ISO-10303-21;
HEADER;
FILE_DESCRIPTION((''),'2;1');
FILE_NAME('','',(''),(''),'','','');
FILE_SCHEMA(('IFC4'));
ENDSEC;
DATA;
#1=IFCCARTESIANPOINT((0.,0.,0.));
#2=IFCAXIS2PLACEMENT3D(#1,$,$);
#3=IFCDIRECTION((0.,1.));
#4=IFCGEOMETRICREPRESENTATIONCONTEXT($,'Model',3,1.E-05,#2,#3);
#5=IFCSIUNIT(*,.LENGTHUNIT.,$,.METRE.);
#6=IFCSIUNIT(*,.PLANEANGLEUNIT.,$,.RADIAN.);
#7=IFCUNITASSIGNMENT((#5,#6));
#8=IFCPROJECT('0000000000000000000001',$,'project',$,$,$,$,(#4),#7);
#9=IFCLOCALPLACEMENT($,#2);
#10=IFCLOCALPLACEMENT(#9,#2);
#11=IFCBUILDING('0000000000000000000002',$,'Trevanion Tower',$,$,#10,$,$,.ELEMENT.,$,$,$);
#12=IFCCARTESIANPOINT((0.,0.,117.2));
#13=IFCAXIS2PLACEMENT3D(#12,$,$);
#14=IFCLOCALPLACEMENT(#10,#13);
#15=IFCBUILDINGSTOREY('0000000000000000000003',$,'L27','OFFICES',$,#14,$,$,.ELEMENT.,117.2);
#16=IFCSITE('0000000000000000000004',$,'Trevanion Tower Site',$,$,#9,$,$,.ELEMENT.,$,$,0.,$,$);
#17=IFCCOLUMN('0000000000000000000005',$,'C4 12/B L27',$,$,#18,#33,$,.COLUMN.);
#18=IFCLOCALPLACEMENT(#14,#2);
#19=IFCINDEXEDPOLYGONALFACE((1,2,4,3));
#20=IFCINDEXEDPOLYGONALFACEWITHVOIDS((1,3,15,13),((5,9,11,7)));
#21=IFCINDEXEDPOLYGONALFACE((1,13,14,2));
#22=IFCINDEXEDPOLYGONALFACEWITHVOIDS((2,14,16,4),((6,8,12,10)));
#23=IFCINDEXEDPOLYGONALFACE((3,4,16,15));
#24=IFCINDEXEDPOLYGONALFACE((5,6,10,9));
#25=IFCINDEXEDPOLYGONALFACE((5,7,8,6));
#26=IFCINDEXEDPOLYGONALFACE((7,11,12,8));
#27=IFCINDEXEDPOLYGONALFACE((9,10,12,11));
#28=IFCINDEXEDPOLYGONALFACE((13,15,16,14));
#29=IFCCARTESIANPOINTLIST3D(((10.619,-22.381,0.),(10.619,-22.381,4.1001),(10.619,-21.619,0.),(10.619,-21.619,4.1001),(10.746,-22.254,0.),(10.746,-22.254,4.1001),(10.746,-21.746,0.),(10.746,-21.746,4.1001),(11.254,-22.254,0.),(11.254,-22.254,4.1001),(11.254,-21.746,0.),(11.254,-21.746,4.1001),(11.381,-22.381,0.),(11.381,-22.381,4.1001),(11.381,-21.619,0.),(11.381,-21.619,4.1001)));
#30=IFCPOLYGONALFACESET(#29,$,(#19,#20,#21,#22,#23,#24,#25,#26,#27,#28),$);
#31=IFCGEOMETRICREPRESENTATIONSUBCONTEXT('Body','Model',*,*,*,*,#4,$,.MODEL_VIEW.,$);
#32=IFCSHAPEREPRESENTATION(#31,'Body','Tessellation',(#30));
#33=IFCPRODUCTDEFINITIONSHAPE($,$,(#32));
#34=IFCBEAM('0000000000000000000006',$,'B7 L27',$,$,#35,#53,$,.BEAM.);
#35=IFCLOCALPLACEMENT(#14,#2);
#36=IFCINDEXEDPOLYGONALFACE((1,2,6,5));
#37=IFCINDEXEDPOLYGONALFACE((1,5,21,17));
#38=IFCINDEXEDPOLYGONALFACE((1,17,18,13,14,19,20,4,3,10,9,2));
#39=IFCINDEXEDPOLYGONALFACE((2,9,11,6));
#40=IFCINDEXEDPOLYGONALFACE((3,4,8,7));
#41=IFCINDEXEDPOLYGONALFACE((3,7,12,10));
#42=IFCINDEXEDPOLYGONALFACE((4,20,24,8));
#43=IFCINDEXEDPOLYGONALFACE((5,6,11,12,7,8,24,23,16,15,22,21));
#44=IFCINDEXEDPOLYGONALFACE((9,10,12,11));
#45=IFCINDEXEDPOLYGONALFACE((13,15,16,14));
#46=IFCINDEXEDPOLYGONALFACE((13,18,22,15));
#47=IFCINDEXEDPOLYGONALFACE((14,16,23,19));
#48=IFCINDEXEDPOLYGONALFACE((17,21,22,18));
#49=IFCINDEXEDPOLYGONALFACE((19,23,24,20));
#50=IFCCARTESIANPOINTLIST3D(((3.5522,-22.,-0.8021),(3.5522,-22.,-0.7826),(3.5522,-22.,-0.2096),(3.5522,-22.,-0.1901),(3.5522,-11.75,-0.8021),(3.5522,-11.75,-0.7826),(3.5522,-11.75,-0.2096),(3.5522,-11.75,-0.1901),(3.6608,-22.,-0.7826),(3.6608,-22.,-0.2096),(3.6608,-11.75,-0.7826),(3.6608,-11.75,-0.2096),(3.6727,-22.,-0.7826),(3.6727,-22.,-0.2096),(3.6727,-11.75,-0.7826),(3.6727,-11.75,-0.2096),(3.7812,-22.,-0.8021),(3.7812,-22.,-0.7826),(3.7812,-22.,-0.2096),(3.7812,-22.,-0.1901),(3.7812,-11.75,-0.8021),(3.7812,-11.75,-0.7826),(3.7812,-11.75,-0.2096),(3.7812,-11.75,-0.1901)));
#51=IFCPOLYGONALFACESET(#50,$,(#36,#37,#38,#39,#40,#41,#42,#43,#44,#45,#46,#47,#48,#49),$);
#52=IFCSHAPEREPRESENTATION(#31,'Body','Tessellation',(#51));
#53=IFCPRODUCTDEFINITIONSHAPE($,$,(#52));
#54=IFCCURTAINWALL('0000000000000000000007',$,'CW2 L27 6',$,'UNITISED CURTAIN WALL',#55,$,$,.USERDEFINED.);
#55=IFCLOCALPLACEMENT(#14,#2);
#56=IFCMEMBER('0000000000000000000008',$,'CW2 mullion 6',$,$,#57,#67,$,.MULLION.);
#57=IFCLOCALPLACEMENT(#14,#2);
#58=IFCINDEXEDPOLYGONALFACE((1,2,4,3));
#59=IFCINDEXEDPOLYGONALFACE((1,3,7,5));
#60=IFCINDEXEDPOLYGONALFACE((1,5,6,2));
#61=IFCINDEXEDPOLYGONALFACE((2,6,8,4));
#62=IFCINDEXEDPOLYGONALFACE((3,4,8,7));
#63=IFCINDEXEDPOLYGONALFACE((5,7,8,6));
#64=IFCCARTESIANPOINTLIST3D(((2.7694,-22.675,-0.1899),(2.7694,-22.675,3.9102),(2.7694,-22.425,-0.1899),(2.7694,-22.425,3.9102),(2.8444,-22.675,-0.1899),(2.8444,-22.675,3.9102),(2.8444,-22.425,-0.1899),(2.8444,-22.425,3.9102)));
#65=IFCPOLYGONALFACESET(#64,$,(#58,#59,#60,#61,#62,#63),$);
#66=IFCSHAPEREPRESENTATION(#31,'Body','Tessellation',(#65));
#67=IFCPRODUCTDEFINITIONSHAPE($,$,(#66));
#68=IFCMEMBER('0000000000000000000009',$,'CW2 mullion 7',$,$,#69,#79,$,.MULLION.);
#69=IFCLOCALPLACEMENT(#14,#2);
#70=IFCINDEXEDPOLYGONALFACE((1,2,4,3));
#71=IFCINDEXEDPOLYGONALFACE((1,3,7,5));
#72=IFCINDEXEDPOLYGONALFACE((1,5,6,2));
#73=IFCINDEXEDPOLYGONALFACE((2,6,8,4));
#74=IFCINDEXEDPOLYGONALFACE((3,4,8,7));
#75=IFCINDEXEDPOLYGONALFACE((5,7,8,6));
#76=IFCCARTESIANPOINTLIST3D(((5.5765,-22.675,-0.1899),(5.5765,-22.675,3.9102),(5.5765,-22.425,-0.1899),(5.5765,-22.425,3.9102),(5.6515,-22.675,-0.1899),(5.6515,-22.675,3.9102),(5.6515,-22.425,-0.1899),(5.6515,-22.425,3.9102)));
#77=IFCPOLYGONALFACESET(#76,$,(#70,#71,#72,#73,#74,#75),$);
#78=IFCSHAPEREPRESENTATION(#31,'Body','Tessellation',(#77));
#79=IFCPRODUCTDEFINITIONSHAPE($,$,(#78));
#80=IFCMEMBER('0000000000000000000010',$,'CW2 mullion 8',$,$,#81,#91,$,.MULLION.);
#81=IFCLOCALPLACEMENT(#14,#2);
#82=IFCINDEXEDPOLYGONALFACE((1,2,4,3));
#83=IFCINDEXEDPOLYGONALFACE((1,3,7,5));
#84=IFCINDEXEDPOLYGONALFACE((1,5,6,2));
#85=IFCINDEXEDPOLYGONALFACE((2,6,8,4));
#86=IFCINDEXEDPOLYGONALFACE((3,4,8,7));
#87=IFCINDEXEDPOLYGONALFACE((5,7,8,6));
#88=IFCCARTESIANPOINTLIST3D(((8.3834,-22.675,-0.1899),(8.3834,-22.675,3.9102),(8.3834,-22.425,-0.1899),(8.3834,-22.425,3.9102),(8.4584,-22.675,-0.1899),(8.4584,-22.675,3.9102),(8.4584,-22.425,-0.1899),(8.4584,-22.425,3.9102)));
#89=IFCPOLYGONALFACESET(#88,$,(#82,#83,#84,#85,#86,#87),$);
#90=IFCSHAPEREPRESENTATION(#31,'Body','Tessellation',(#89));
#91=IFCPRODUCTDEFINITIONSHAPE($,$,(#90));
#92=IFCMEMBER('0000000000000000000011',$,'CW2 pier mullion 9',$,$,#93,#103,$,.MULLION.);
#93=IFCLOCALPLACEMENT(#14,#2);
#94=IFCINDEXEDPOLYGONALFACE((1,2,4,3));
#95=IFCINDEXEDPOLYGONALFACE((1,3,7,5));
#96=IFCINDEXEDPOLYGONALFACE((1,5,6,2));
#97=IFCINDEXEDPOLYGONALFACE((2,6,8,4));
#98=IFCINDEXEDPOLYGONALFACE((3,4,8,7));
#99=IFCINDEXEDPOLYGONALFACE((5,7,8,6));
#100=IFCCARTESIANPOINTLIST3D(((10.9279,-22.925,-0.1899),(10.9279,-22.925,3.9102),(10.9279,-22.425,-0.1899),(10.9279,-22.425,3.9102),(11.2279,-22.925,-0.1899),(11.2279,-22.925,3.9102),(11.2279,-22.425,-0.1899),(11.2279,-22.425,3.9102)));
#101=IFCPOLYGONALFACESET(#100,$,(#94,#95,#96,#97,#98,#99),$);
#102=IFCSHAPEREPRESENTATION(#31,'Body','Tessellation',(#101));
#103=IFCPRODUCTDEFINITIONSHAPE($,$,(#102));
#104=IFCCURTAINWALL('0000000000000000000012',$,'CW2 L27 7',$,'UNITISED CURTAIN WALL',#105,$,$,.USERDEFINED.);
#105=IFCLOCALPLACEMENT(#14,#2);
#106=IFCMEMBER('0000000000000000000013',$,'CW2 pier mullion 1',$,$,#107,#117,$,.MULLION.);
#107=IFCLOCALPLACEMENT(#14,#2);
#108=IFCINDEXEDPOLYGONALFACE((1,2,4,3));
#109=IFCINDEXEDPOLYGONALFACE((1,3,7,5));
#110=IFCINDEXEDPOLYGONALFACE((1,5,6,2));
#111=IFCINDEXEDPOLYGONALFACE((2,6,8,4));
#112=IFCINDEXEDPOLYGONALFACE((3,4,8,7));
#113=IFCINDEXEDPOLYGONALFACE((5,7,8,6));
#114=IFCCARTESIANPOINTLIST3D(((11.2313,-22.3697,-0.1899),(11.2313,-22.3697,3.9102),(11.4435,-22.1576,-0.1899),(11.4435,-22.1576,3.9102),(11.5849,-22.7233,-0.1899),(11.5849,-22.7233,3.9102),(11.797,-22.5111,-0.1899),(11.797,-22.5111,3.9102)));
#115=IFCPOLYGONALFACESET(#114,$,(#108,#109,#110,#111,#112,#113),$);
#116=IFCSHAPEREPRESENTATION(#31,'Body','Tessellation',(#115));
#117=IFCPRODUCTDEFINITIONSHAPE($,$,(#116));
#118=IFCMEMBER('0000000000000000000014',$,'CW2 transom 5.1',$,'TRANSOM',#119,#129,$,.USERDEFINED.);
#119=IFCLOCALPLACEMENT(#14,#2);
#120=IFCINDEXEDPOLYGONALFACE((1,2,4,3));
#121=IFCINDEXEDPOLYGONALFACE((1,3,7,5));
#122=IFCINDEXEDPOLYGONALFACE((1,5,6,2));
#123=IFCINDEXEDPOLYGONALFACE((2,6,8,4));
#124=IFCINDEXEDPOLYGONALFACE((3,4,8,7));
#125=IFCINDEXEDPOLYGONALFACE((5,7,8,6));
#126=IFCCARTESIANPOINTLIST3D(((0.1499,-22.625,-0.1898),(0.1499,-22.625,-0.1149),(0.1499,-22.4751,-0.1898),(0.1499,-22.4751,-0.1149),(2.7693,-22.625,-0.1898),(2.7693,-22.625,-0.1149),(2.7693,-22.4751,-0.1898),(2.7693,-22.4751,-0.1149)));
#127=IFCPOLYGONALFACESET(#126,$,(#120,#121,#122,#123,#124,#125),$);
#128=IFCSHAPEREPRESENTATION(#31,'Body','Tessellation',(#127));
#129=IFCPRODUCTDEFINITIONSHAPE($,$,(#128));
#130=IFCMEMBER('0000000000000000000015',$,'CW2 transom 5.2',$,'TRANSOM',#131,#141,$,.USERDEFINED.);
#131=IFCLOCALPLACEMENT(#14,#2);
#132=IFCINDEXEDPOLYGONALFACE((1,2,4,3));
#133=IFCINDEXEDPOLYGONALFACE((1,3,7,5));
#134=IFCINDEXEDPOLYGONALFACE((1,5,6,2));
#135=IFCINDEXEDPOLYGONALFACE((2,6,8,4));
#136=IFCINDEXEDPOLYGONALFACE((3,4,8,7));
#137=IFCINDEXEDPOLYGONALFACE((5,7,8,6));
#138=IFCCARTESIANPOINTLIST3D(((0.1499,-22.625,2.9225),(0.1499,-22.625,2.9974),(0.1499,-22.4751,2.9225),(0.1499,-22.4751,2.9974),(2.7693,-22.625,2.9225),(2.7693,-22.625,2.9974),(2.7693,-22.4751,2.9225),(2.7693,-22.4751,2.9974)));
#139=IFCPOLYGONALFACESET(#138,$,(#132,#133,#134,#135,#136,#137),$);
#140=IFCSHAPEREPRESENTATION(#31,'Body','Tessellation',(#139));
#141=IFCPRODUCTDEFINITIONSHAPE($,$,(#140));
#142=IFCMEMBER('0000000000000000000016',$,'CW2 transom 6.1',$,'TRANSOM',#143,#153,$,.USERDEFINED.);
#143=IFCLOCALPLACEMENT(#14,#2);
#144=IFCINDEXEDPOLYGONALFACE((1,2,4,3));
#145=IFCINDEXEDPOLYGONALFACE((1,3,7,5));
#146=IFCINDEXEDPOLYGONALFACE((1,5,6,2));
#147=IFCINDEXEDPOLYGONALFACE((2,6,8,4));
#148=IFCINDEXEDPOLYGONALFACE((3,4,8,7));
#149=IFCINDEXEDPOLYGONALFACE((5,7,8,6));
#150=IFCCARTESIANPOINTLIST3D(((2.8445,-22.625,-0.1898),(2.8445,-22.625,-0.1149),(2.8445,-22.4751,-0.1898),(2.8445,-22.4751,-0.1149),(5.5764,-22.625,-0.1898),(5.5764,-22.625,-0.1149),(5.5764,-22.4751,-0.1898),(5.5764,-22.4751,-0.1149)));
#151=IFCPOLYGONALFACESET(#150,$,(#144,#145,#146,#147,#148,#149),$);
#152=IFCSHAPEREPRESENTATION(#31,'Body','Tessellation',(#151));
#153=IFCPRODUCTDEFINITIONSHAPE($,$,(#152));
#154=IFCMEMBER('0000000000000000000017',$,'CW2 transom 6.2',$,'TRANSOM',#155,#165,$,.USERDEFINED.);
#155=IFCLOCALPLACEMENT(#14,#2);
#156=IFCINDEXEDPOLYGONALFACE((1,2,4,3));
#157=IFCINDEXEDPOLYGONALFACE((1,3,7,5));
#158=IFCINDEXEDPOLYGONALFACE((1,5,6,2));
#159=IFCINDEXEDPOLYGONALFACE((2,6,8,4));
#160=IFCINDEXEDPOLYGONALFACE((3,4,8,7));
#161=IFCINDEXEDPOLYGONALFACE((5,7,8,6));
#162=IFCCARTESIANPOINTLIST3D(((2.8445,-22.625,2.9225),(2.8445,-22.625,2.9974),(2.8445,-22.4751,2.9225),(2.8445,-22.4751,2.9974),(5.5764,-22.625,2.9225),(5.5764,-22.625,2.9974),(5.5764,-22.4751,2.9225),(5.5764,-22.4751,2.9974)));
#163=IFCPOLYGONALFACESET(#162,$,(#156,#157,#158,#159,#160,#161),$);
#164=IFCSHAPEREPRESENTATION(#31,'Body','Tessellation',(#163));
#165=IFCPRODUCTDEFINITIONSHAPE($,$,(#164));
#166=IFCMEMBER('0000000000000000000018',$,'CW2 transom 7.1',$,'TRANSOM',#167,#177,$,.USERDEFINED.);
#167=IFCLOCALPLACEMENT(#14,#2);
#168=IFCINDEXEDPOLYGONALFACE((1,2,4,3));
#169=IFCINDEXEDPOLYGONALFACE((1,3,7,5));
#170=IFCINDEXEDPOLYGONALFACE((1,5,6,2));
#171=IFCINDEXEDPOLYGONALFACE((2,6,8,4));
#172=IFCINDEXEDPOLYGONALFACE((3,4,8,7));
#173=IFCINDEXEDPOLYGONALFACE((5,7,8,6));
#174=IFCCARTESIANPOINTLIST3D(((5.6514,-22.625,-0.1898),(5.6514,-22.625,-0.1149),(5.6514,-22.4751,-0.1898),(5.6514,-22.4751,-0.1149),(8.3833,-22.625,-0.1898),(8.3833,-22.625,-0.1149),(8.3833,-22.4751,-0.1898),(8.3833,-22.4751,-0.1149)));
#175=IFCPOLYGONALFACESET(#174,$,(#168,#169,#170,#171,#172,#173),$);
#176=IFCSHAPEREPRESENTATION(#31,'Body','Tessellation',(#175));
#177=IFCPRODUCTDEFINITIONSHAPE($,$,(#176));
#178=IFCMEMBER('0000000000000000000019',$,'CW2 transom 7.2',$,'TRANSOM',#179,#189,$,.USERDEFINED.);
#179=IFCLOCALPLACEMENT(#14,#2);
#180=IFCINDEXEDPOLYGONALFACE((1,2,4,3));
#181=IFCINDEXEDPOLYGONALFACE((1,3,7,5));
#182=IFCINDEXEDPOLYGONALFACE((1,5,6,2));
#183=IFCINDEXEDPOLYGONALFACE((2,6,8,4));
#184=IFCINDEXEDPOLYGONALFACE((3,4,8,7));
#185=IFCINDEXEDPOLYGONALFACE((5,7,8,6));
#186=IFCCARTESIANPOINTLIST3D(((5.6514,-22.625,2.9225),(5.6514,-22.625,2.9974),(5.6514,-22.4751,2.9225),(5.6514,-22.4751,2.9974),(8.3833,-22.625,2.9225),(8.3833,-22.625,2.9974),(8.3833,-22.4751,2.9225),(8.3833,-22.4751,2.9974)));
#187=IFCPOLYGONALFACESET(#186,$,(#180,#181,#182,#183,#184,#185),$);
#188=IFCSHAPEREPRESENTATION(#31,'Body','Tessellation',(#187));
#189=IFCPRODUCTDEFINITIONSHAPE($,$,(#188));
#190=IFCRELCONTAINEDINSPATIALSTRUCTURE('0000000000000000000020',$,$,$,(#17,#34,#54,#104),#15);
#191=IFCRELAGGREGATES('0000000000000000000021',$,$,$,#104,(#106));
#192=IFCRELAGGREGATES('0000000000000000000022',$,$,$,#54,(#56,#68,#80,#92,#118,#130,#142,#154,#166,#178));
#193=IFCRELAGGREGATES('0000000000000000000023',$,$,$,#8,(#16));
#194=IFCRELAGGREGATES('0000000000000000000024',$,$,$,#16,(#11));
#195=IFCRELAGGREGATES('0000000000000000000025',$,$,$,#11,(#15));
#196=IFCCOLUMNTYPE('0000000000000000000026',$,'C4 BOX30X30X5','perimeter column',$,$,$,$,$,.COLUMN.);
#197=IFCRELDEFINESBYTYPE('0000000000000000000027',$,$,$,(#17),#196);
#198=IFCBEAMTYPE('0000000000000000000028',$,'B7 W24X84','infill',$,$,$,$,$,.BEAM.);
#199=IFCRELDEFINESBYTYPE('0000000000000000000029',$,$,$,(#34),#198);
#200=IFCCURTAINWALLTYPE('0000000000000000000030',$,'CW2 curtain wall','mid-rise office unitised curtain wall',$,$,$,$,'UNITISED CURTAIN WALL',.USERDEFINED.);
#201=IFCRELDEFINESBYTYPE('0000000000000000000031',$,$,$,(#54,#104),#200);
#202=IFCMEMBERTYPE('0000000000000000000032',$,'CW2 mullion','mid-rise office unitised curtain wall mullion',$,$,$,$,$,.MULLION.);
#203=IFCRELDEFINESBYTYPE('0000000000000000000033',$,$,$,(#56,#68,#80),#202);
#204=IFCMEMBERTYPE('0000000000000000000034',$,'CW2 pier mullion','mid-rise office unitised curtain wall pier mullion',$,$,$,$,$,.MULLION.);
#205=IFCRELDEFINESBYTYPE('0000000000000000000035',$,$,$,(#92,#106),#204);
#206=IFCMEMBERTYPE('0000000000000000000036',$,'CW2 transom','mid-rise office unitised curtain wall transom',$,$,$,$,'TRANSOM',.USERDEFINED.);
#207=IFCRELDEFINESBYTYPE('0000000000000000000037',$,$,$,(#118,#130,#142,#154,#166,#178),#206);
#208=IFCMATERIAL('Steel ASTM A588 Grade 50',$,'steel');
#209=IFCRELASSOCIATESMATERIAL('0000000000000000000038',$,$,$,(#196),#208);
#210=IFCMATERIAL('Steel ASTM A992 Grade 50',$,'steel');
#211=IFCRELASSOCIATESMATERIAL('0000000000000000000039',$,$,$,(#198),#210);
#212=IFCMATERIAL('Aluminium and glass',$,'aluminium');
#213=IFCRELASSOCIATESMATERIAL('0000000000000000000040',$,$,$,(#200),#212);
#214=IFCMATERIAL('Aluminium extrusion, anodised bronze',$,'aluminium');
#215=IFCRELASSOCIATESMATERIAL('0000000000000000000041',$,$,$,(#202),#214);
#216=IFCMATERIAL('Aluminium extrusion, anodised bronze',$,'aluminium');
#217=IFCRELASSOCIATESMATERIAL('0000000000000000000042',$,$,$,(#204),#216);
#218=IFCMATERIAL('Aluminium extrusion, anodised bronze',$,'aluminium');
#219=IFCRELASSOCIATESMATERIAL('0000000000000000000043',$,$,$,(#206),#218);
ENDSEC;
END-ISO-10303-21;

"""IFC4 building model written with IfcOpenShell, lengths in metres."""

from ifc_helpers import new_model, si_unit, direction, frame, origin, origin_2d, place, context, subcontext, project, spatial, rectangle, hollow_rectangle, i_section, extrude, material, material_profile, profile_set, type_object, element, aggregate, save


model = new_model("IFC4")

# Units and contexts
model_context = context("Model", 3, precision=1e-05, world=origin(), true_north=direction((0.0, 1.0)))
body_context = subcontext(model_context, "Body", "Model", "MODEL_VIEW")
ifc_project = project(units=[si_unit("LENGTHUNIT", "METRE"), si_unit("PLANEANGLEUNIT", "RADIAN")], contexts=[model_context])

# Site, building, storey
site_placement = place(None, origin())
site = spatial("IfcSite", under=ifc_project, at=site_placement, Name="Trevanion Tower Site", CompositionType="ELEMENT", RefElevation=0.0)
building_placement = place(site_placement, origin())
building = spatial("IfcBuilding", under=site, at=building_placement, Name="Trevanion Tower", CompositionType="ELEMENT")
storey_placement = place(building_placement, frame((0.0, 0.0, 117.2)))
storey = spatial("IfcBuildingStorey", under=building, at=storey_placement, Name="L27", Description="OFFICES", CompositionType="ELEMENT", Elevation=117.2)

# Column
ifc_material_1 = material(Name="Steel ASTM A588 Grade 50", Category="steel")
ifc_material_profile_1 = material_profile(ifc_material_1, hollow_rectangle(XDim=0.762, YDim=0.762, WallThickness=0.127, at=origin_2d()), Name="BOX30X30X5")
ifc_profile_set_1 = profile_set([ifc_material_profile_1], Name="Steel ASTM A588 Grade 50")
column_type = type_object("IfcColumnType", Name="C4 BOX30X30X5", Description="perimeter column", PredefinedType="COLUMN", material=ifc_profile_set_1)
column_placement = place(storey_placement, frame((11.0, -22.0, 0.0), z_axis=(0.0, 0.0, 1.0), x_axis=(1.0, 0.0, 0.0)))
element("IfcColumn", 1, at=column_placement, inside=storey, type_object=column_type, Name="C4 12/B L27", PredefinedType="COLUMN", context=body_context, shape_type="SweptSolid", body=[
    extrude(hollow_rectangle(XDim=0.762, YDim=0.762, WallThickness=0.127, at=origin_2d()), origin(), (0.0, 0.0, 1.0), 4.1001),
])

# Beam
ifc_material_2 = material(Name="Steel ASTM A992 Grade 50", Category="steel")
ifc_material_profile_2 = material_profile(ifc_material_2, i_section(OverallWidth=0.229, OverallDepth=0.6121, WebThickness=0.012, FlangeThickness=0.0195, at=origin_2d()), Name="W24X84")
ifc_profile_set_2 = profile_set([ifc_material_profile_2], Name="Steel ASTM A992 Grade 50")
beam_type_1 = type_object("IfcBeamType", Name="B7 W24X84", Description="infill", PredefinedType="BEAM", material=ifc_profile_set_2)
beam_1_placement = place(storey_placement, frame((3.6667, -11.75, -0.4961), z_axis=(0.0, -1.0, 0.0), x_axis=(1.0, 0.0, 0.0)))
element("IfcBeam", 2, at=beam_1_placement, inside=storey, type_object=beam_type_1, Name="B7 L27", PredefinedType="BEAM", context=body_context, shape_type="SweptSolid", body=[
    extrude(i_section(OverallWidth=0.229, OverallDepth=0.6121, WebThickness=0.012, FlangeThickness=0.0195, at=origin_2d()), origin(), (0.0, 0.0, 1.0), 10.25),
])

# Curtain wall, members
ifc_material_3 = material(Name="Aluminium and glass", Category="aluminium")
curtain_wall_type = type_object("IfcCurtainWallType", Name="CW2 curtain wall", Description="mid-rise office unitised curtain wall", ElementType="UNITISED CURTAIN WALL", PredefinedType="USERDEFINED", material=ifc_material_3)
curtain_wall_1_placement = place(storey_placement, origin())
curtain_wall_1 = element("IfcCurtainWall", 3, at=curtain_wall_1_placement, inside=storey, type_object=curtain_wall_type, Name="CW2 L27 6", ObjectType="UNITISED CURTAIN WALL", PredefinedType="USERDEFINED")
ifc_material_4 = material(Name="Aluminium extrusion, anodised bronze", Category="aluminium")
ifc_material_profile_3 = material_profile(ifc_material_4, rectangle(XDim=0.075, YDim=0.25, at=origin_2d()), Name="CW2 mullion")
ifc_profile_set_3 = profile_set([ifc_material_profile_3], Name="Aluminium extrusion, anodised bronze")
member_type_1 = type_object("IfcMemberType", Name="CW2 mullion", Description="mid-rise office unitised curtain wall mullion", PredefinedType="MULLION", material=ifc_profile_set_3)
member_1_placement = place(storey_placement, frame((2.8069, -22.55, -0.1899), z_axis=(0.0, 0.0, 1.0), x_axis=(1.0, 0.0, 0.0)))
member_1 = element("IfcMember", 4, at=member_1_placement, type_object=member_type_1, Name="CW2 mullion 6", PredefinedType="MULLION", context=body_context, shape_type="SweptSolid", body=[
    extrude(rectangle(XDim=0.075, YDim=0.25, at=origin_2d()), origin(), (0.0, 0.0, 1.0), 4.1001),
])
member_2_placement = place(storey_placement, frame((5.614, -22.55, -0.1899), z_axis=(0.0, 0.0, 1.0), x_axis=(1.0, 0.0, 0.0)))
member_2 = element("IfcMember", 5, at=member_2_placement, type_object=member_type_1, Name="CW2 mullion 7", PredefinedType="MULLION", context=body_context, shape_type="SweptSolid", body=[
    extrude(rectangle(XDim=0.075, YDim=0.25, at=origin_2d()), origin(), (0.0, 0.0, 1.0), 4.1001),
])
member_3_placement = place(storey_placement, frame((8.4209, -22.55, -0.1899), z_axis=(0.0, 0.0, 1.0), x_axis=(1.0, 0.0, 0.0)))
member_3 = element("IfcMember", 6, at=member_3_placement, type_object=member_type_1, Name="CW2 mullion 8", PredefinedType="MULLION", context=body_context, shape_type="SweptSolid", body=[
    extrude(rectangle(XDim=0.075, YDim=0.25, at=origin_2d()), origin(), (0.0, 0.0, 1.0), 4.1001),
])
ifc_material_5 = material(Name="Aluminium extrusion, anodised bronze", Category="aluminium")
ifc_material_profile_4 = material_profile(ifc_material_5, rectangle(XDim=0.3, YDim=0.5, at=origin_2d()), Name="CW2 pier mullion")
ifc_profile_set_4 = profile_set([ifc_material_profile_4], Name="Aluminium extrusion, anodised bronze")
member_type_2 = type_object("IfcMemberType", Name="CW2 pier mullion", Description="mid-rise office unitised curtain wall pier mullion", PredefinedType="MULLION", material=ifc_profile_set_4)
member_4_placement = place(storey_placement, frame((11.0779, -22.675, -0.1899), z_axis=(0.0, 0.0, 1.0), x_axis=(1.0, 0.0, 0.0)))
member_4 = element("IfcMember", 7, at=member_4_placement, type_object=member_type_2, Name="CW2 pier mullion 9", PredefinedType="MULLION", context=body_context, shape_type="SweptSolid", body=[
    extrude(rectangle(XDim=0.3, YDim=0.5, at=origin_2d()), origin(), (0.0, 0.0, 1.0), 4.1001),
])

# Curtain wall, member
curtain_wall_2_placement = place(storey_placement, origin())
curtain_wall_2 = element("IfcCurtainWall", 8, at=curtain_wall_2_placement, inside=storey, type_object=curtain_wall_type, Name="CW2 L27 7", ObjectType="UNITISED CURTAIN WALL", PredefinedType="USERDEFINED")
member_5_placement = place(storey_placement, frame((11.5142, -22.4404, -0.1899), z_axis=(0.0, 0.0, 1.0), x_axis=(0.707107, 0.707107, 0.0)))
member_5 = element("IfcMember", 9, at=member_5_placement, type_object=member_type_2, Name="CW2 pier mullion 1", PredefinedType="MULLION", context=body_context, shape_type="SweptSolid", body=[
    extrude(rectangle(XDim=0.3, YDim=0.5, at=origin_2d()), origin(), (0.0, 0.0, 1.0), 4.1001),
])

# Members
ifc_material_6 = material(Name="Aluminium extrusion, anodised bronze", Category="aluminium")
ifc_material_profile_5 = material_profile(ifc_material_6, rectangle(XDim=0.1499, YDim=0.075, at=origin_2d()), Name="CW2 transom")
ifc_profile_set_5 = profile_set([ifc_material_profile_5], Name="Aluminium extrusion, anodised bronze")
member_type_3 = type_object("IfcMemberType", Name="CW2 transom", Description="mid-rise office unitised curtain wall transom", ElementType="TRANSOM", PredefinedType="USERDEFINED", material=ifc_profile_set_5)
member_6_placement = place(storey_placement, frame((0.1499, -22.55, -0.1523), z_axis=(1.0, 0.0, 0.0), x_axis=(0.0, 1.0, 0.0)))
member_6 = element("IfcMember", 10, at=member_6_placement, type_object=member_type_3, Name="CW2 transom 5.1", ObjectType="TRANSOM", PredefinedType="USERDEFINED", context=body_context, shape_type="SweptSolid", body=[
    extrude(rectangle(XDim=0.1499, YDim=0.075, at=origin_2d()), origin(), (0.0, 0.0, 1.0), 2.6194),
])
member_7_placement = place(storey_placement, frame((0.1499, -22.55, 2.96), z_axis=(1.0, 0.0, 0.0), x_axis=(0.0, 1.0, 0.0)))
member_7 = element("IfcMember", 11, at=member_7_placement, type_object=member_type_3, Name="CW2 transom 5.2", ObjectType="TRANSOM", PredefinedType="USERDEFINED", context=body_context, shape_type="SweptSolid", body=[
    extrude(rectangle(XDim=0.1499, YDim=0.075, at=origin_2d()), origin(), (0.0, 0.0, 1.0), 2.6194),
])
member_8_placement = place(storey_placement, frame((2.8445, -22.55, -0.1523), z_axis=(1.0, 0.0, 0.0), x_axis=(0.0, 1.0, 0.0)))
member_8 = element("IfcMember", 12, at=member_8_placement, type_object=member_type_3, Name="CW2 transom 6.1", ObjectType="TRANSOM", PredefinedType="USERDEFINED", context=body_context, shape_type="SweptSolid", body=[
    extrude(rectangle(XDim=0.1499, YDim=0.075, at=origin_2d()), origin(), (0.0, 0.0, 1.0), 2.7319),
])
member_9_placement = place(storey_placement, frame((2.8445, -22.55, 2.96), z_axis=(1.0, 0.0, 0.0), x_axis=(0.0, 1.0, 0.0)))
member_9 = element("IfcMember", 13, at=member_9_placement, type_object=member_type_3, Name="CW2 transom 6.2", ObjectType="TRANSOM", PredefinedType="USERDEFINED", context=body_context, shape_type="SweptSolid", body=[
    extrude(rectangle(XDim=0.1499, YDim=0.075, at=origin_2d()), origin(), (0.0, 0.0, 1.0), 2.7319),
])
member_10_placement = place(storey_placement, frame((5.6514, -22.55, -0.1523), z_axis=(1.0, 0.0, 0.0), x_axis=(0.0, 1.0, 0.0)))
member_10 = element("IfcMember", 14, at=member_10_placement, type_object=member_type_3, Name="CW2 transom 7.1", ObjectType="TRANSOM", PredefinedType="USERDEFINED", context=body_context, shape_type="SweptSolid", body=[
    extrude(rectangle(XDim=0.1499, YDim=0.075, at=origin_2d()), origin(), (0.0, 0.0, 1.0), 2.7319),
])
member_11_placement = place(storey_placement, frame((5.6514, -22.55, 2.96), z_axis=(1.0, 0.0, 0.0), x_axis=(0.0, 1.0, 0.0)))
member_11 = element("IfcMember", 15, at=member_11_placement, type_object=member_type_3, Name="CW2 transom 7.2", ObjectType="TRANSOM", PredefinedType="USERDEFINED", context=body_context, shape_type="SweptSolid", body=[
    extrude(rectangle(XDim=0.1499, YDim=0.075, at=origin_2d()), origin(), (0.0, 0.0, 1.0), 2.7319),
])
aggregate(curtain_wall_2, [member_5])

aggregate(curtain_wall_1, [member_1, member_2, member_3, member_4, member_6, member_7, member_8, member_9, member_10, member_11])

save(model, "model.ifc")
